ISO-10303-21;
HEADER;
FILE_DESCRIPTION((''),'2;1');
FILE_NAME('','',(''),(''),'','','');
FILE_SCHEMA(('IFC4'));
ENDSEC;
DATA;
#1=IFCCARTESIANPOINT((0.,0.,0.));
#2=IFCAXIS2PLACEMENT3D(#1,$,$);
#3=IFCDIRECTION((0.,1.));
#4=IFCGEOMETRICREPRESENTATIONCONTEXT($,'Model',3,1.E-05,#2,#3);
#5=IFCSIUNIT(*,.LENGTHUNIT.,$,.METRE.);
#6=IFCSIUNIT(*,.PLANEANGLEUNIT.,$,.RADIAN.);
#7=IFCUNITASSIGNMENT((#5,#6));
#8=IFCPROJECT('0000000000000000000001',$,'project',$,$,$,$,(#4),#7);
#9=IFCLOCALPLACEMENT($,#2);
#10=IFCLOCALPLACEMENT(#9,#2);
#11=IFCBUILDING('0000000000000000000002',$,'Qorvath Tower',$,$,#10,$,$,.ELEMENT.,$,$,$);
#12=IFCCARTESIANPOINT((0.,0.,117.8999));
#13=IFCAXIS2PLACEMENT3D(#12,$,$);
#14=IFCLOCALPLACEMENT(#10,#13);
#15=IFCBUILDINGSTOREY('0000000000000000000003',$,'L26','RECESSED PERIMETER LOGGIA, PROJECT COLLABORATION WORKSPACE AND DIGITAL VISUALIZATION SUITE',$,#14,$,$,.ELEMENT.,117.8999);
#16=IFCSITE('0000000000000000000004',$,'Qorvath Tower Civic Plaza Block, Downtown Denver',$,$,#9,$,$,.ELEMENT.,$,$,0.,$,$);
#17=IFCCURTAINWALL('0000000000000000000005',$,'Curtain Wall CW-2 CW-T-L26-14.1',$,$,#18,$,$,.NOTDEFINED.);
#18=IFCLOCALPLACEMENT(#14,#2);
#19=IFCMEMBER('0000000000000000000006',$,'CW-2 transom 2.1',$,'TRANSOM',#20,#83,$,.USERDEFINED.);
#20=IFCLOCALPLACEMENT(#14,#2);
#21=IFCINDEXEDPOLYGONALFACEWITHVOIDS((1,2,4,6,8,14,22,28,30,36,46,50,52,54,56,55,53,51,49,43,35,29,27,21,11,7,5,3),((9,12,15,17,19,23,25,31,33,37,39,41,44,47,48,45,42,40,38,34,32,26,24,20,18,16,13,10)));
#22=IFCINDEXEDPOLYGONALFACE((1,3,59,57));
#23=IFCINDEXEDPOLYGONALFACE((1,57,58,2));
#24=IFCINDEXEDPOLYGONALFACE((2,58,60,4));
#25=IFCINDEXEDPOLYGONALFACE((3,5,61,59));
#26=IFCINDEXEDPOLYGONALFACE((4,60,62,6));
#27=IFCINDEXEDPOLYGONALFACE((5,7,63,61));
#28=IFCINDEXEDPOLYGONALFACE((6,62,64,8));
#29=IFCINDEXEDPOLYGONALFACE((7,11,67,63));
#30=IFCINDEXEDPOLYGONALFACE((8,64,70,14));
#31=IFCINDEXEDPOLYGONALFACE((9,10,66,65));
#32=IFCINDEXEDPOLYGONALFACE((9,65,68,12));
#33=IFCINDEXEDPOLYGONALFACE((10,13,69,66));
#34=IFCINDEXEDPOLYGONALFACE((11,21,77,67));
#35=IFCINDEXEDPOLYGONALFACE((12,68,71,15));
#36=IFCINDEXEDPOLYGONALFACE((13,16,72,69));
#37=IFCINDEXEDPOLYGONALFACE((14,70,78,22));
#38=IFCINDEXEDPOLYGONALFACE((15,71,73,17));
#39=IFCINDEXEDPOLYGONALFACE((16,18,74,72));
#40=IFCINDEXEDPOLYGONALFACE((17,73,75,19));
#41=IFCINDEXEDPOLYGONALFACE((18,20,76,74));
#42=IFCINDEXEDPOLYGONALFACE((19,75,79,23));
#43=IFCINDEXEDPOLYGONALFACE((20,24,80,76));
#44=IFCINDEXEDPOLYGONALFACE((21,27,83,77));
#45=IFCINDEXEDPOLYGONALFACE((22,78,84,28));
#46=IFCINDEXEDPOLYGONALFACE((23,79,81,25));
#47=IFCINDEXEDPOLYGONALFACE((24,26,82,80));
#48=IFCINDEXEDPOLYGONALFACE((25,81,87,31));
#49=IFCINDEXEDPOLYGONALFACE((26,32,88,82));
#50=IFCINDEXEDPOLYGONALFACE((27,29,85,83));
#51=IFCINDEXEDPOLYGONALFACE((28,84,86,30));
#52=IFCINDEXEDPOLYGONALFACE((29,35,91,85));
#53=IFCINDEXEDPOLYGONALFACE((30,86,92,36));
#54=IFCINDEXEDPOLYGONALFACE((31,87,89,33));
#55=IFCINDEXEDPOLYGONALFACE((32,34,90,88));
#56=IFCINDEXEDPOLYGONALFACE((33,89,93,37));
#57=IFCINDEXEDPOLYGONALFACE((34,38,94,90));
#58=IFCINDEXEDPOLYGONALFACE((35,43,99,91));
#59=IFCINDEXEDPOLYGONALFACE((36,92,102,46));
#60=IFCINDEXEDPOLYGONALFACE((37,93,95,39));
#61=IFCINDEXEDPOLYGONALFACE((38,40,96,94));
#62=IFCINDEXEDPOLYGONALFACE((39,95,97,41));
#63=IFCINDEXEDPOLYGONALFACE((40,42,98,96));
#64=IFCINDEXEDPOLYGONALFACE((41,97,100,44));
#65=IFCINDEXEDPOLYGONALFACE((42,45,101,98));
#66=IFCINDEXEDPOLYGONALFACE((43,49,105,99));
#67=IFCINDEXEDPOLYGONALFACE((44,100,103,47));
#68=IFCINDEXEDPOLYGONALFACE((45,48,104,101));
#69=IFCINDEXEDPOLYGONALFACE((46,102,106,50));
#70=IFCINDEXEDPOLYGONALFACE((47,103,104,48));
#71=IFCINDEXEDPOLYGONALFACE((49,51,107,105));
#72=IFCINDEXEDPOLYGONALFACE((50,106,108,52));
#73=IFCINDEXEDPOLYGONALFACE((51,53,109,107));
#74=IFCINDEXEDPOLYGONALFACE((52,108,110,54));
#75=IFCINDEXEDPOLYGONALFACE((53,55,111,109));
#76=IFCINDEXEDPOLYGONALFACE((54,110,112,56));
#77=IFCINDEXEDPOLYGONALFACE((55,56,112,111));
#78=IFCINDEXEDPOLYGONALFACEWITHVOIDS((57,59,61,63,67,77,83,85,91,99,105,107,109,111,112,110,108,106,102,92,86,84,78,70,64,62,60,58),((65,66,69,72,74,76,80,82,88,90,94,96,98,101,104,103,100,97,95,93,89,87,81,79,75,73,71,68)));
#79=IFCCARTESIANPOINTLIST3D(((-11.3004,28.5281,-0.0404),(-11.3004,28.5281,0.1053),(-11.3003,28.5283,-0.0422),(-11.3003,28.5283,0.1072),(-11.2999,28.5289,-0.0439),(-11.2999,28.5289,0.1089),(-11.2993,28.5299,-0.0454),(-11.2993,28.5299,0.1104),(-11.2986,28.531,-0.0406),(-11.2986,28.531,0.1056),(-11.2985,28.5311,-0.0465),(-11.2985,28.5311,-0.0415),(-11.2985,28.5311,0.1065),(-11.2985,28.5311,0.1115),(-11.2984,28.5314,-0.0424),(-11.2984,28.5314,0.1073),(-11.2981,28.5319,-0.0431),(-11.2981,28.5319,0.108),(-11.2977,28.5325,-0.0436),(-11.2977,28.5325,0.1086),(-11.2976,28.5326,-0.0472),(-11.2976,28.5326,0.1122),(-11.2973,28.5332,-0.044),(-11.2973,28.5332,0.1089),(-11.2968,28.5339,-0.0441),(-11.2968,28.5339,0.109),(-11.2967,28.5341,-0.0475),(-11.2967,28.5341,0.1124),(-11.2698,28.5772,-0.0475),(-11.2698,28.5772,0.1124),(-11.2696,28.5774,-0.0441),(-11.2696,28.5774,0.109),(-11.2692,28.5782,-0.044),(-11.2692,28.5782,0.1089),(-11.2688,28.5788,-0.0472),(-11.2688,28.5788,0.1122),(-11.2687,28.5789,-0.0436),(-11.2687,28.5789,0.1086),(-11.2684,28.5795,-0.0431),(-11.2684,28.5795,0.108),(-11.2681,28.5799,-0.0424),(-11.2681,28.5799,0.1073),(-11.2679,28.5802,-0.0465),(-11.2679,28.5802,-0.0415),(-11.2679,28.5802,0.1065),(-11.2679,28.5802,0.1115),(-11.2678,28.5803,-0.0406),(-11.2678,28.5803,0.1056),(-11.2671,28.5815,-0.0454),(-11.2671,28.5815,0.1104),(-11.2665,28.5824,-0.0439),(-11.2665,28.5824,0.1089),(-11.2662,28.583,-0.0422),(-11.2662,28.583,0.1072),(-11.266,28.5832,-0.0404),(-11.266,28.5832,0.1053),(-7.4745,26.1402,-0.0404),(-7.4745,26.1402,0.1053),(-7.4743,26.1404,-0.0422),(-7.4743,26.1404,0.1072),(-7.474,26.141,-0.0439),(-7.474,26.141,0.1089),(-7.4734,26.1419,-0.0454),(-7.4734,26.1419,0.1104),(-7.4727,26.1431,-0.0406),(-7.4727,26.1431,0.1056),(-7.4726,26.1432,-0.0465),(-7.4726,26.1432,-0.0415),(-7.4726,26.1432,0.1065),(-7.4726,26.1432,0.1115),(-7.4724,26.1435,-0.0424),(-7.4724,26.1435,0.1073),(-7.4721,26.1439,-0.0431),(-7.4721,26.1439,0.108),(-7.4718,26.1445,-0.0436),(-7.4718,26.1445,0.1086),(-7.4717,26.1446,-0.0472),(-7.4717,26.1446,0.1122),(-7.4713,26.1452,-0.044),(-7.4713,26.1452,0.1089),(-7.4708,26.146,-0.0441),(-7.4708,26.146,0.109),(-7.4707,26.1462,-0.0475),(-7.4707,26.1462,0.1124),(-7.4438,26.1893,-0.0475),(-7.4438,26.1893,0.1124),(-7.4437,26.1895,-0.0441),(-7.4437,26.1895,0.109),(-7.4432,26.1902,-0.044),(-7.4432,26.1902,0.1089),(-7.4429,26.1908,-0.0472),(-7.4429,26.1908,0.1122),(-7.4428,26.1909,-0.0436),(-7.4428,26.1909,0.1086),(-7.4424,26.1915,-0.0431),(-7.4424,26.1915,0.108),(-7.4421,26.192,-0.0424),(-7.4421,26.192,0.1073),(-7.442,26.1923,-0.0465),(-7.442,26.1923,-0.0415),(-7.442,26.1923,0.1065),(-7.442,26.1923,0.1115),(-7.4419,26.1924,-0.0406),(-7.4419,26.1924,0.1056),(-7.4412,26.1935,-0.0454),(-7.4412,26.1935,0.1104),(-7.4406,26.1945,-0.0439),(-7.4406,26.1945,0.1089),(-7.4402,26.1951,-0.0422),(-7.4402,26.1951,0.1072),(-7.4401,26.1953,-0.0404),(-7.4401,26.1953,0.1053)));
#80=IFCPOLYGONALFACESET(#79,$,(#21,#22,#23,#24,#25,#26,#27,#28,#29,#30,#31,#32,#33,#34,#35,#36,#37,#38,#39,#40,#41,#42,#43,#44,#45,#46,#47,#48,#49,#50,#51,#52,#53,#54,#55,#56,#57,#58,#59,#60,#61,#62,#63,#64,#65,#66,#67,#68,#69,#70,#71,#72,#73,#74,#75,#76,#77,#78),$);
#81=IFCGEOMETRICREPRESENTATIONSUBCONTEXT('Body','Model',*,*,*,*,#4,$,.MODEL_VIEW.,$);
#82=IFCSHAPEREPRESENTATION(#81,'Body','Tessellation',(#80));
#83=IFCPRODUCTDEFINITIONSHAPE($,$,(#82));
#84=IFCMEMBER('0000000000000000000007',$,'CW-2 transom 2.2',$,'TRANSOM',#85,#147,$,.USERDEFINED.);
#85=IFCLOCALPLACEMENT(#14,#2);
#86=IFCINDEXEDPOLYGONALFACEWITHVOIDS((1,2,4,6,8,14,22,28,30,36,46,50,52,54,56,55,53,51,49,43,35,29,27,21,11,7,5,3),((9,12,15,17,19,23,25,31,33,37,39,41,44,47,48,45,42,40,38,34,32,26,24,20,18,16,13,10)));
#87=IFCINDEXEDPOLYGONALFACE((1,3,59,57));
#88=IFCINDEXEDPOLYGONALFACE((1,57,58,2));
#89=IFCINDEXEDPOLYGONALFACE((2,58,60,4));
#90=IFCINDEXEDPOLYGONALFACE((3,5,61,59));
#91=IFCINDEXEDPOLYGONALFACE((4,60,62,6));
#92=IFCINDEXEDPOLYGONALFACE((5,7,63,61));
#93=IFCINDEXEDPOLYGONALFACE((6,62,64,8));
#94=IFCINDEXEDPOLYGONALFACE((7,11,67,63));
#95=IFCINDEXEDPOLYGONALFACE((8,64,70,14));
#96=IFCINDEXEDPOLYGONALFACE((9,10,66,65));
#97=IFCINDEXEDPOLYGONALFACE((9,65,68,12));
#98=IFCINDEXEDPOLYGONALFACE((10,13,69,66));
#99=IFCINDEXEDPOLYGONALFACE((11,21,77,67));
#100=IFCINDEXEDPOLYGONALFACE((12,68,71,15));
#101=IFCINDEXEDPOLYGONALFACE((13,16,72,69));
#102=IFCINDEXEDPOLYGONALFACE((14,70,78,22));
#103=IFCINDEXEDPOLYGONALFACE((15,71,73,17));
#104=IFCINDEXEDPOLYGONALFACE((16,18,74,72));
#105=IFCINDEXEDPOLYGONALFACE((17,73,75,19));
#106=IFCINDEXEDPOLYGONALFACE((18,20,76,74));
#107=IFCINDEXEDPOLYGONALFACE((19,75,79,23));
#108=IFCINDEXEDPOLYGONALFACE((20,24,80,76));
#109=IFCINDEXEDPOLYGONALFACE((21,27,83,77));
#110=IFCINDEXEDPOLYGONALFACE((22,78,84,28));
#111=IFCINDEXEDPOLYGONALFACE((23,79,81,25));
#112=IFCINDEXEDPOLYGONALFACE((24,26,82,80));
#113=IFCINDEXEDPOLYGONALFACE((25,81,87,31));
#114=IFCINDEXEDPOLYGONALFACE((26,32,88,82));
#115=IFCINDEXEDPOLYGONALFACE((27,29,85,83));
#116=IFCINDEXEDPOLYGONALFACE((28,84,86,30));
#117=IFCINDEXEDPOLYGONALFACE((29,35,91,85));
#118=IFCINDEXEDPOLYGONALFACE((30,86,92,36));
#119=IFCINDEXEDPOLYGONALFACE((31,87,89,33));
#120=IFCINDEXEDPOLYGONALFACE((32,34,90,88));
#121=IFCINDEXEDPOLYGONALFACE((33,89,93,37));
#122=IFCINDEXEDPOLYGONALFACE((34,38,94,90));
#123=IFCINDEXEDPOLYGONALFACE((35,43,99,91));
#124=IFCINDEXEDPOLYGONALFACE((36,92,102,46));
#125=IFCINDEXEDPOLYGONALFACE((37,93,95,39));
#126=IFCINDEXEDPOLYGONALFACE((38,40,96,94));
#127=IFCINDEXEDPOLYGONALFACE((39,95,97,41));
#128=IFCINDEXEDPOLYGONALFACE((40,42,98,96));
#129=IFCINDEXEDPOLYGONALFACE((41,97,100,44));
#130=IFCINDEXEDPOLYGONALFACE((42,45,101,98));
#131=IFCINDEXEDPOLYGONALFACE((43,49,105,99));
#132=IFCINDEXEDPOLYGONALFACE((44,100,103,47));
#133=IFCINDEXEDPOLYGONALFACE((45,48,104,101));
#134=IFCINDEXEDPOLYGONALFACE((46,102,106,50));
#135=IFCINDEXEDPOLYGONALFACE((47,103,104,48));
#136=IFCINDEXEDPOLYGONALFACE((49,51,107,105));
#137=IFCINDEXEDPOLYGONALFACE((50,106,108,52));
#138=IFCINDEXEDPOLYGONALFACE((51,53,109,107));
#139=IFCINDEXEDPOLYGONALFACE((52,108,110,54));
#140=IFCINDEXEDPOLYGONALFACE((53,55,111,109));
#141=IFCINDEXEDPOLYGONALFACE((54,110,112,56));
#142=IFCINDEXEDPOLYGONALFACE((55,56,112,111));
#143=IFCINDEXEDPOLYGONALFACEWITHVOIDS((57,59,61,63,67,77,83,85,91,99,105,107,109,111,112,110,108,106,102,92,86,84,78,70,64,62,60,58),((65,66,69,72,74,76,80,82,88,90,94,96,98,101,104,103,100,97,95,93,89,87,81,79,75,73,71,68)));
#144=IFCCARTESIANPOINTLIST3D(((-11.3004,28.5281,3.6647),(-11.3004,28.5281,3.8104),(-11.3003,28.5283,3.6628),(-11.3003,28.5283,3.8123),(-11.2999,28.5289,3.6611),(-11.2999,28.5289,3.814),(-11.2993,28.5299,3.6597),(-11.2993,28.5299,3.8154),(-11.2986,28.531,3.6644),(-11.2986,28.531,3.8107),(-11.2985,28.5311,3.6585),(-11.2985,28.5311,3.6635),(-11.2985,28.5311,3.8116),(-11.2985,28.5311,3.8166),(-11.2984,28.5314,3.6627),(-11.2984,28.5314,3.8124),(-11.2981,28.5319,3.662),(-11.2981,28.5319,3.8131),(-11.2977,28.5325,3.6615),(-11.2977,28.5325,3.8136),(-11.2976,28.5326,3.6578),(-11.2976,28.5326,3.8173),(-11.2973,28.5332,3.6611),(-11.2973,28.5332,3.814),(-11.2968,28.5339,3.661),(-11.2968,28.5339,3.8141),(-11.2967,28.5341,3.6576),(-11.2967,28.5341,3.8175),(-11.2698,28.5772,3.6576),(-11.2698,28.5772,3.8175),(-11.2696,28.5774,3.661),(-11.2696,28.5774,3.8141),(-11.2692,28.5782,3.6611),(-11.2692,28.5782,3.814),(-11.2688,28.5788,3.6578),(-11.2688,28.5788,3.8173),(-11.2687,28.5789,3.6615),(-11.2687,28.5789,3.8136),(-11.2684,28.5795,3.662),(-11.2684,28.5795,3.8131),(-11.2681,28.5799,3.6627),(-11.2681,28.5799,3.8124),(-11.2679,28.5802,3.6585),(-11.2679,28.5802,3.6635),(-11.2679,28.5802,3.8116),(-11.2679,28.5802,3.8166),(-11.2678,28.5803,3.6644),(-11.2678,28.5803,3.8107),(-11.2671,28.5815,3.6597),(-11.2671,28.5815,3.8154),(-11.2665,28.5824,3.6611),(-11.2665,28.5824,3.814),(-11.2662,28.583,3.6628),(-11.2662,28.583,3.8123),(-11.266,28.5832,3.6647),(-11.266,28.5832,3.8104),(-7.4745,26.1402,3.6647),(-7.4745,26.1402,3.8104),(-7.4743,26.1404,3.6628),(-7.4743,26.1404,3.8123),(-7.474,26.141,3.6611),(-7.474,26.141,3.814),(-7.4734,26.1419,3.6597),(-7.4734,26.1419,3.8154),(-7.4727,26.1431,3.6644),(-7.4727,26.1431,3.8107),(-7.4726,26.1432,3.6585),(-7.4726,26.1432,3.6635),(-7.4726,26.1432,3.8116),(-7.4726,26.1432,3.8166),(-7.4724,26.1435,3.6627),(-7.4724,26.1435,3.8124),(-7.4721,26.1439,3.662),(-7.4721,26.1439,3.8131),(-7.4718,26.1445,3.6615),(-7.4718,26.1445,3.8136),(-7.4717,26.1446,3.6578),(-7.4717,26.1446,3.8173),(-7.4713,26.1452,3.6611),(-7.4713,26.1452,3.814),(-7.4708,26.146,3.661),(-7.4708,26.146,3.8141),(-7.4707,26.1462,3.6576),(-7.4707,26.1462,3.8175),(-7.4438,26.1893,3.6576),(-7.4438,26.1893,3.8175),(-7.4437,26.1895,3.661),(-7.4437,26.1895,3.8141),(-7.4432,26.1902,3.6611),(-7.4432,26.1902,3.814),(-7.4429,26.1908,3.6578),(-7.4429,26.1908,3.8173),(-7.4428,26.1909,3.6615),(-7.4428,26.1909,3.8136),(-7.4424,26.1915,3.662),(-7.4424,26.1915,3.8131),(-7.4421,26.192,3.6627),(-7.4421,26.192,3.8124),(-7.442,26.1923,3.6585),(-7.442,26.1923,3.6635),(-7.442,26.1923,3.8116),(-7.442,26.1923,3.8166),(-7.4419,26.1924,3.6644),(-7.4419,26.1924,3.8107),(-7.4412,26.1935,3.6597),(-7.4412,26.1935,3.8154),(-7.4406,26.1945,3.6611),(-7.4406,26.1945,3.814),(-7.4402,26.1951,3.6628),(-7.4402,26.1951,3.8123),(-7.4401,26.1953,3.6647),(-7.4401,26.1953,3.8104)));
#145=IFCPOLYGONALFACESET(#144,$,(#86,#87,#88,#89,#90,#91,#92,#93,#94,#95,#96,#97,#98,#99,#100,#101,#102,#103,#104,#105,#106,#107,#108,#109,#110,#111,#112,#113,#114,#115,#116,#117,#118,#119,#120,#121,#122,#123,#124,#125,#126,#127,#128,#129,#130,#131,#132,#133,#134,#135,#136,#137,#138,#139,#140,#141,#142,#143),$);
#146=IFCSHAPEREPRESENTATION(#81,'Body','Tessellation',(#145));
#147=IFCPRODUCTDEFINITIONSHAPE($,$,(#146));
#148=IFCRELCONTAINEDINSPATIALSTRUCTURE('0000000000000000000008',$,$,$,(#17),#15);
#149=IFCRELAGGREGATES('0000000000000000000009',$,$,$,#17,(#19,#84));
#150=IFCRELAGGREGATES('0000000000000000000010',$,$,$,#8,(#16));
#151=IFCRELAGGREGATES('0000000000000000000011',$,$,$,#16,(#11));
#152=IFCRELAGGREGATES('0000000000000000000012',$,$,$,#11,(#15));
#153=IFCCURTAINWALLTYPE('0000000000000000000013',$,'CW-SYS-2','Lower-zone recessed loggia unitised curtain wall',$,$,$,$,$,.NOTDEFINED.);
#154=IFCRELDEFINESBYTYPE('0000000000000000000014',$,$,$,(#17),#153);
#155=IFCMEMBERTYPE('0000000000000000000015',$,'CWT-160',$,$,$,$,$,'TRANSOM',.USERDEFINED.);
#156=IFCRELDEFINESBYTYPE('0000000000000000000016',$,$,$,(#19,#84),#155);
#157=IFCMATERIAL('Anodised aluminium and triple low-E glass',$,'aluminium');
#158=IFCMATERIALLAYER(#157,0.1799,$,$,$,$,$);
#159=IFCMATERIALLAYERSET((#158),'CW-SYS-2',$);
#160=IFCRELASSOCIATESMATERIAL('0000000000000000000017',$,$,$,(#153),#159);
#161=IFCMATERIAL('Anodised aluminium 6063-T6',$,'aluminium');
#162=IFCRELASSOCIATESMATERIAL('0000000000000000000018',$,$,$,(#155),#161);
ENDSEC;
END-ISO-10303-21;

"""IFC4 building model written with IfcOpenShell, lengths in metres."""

from ifc_helpers import new_model, si_unit, direction, frame, origin, origin_2d, place, context, subcontext, project, spatial, hollow_rectangle, extrude, material, layer, layer_set, material_profile, profile_set, type_object, element, aggregate, save


model = new_model("IFC4")

# Units and contexts
model_context = context("Model", 3, precision=1e-05, world=origin(), true_north=direction((0.0, 1.0)))
body_context = subcontext(model_context, "Body", "Model", "MODEL_VIEW")
ifc_project = project(units=[si_unit("LENGTHUNIT", "METRE"), si_unit("PLANEANGLEUNIT", "RADIAN")], contexts=[model_context])

# Site, building, storey
site_placement = place(None, origin())
site = spatial("IfcSite", under=ifc_project, at=site_placement, Name="Qorvath Tower Civic Plaza Block, Downtown Denver", CompositionType="ELEMENT", RefElevation=0.0)
building_placement = place(site_placement, origin())
building = spatial("IfcBuilding", under=site, at=building_placement, Name="Qorvath Tower", CompositionType="ELEMENT")
storey_placement = place(building_placement, frame((0.0, 0.0, 117.8999)))
storey = spatial("IfcBuildingStorey", under=building, at=storey_placement, Name="L26", Description="RECESSED PERIMETER LOGGIA, PROJECT COLLABORATION WORKSPACE AND DIGITAL VISUALIZATION SUITE", CompositionType="ELEMENT", Elevation=117.8999)

# Curtain wall
ifc_material_1 = material(Name="Anodised aluminium and triple low-E glass", Category="aluminium")
ifc_layer_1 = layer(ifc_material_1, 0.1799)
ifc_layer_set_1 = layer_set([ifc_layer_1], Name="CW-SYS-2")
curtain_wall_type = type_object("IfcCurtainWallType", Name="CW-SYS-2", Description="Lower-zone recessed loggia unitised curtain wall", PredefinedType="NOTDEFINED", material=ifc_layer_set_1)
curtain_wall_1_placement = place(storey_placement, origin())
curtain_wall_1 = element("IfcCurtainWall", 1, at=curtain_wall_1_placement, inside=storey, type_object=curtain_wall_type, Name="Curtain Wall CW-2 CW-T-L26-14.1", PredefinedType="NOTDEFINED")

# Members
ifc_material_2 = material(Name="Anodised aluminium 6063-T6", Category="aluminium")
ifc_material_profile_1 = material_profile(ifc_material_2, hollow_rectangle(XDim=0.0649, YDim=0.1599, WallThickness=0.0034, InnerFilletRadius=0.0034, OuterFilletRadius=0.0071, at=origin_2d()), Name="CWT 160x65")
ifc_profile_set_1 = profile_set([ifc_material_profile_1], Name="Anodised aluminium 6063-T6")
member_type_1 = type_object("IfcMemberType", Name="CWT-160", ElementType="TRANSOM", PredefinedType="USERDEFINED", material=ifc_profile_set_1)
member_1_placement = place(storey_placement, frame((-7.4573, 26.1677, 0.0325), z_axis=(-0.848324, 0.529478, 0.0), x_axis=(-0.529478, -0.848324, 0.0)))
member_1 = element("IfcMember", 2, at=member_1_placement, type_object=member_type_1, Name="CW-2 transom 2.1", ObjectType="TRANSOM", PredefinedType="USERDEFINED", context=body_context, shape_type="SweptSolid", body=[
    extrude(hollow_rectangle(XDim=0.0649, YDim=0.1599, WallThickness=0.0034, InnerFilletRadius=0.0034, OuterFilletRadius=0.0071, at=origin_2d()), origin(), (0.0, 0.0, 1.0), 4.51),
])
member_2_placement = place(storey_placement, frame((-7.4573, 26.1677, 3.7375), z_axis=(-0.848324, 0.529478, 0.0), x_axis=(-0.529478, -0.848324, 0.0)))
member_2 = element("IfcMember", 3, at=member_2_placement, type_object=member_type_1, Name="CW-2 transom 2.2", ObjectType="TRANSOM", PredefinedType="USERDEFINED", context=body_context, shape_type="SweptSolid", body=[
    extrude(hollow_rectangle(XDim=0.0649, YDim=0.1599, WallThickness=0.0034, InnerFilletRadius=0.0034, OuterFilletRadius=0.0071, at=origin_2d()), origin(), (0.0, 0.0, 1.0), 4.51),
])

aggregate(curtain_wall_1, [member_1, member_2])

save(model, "model.ifc")
